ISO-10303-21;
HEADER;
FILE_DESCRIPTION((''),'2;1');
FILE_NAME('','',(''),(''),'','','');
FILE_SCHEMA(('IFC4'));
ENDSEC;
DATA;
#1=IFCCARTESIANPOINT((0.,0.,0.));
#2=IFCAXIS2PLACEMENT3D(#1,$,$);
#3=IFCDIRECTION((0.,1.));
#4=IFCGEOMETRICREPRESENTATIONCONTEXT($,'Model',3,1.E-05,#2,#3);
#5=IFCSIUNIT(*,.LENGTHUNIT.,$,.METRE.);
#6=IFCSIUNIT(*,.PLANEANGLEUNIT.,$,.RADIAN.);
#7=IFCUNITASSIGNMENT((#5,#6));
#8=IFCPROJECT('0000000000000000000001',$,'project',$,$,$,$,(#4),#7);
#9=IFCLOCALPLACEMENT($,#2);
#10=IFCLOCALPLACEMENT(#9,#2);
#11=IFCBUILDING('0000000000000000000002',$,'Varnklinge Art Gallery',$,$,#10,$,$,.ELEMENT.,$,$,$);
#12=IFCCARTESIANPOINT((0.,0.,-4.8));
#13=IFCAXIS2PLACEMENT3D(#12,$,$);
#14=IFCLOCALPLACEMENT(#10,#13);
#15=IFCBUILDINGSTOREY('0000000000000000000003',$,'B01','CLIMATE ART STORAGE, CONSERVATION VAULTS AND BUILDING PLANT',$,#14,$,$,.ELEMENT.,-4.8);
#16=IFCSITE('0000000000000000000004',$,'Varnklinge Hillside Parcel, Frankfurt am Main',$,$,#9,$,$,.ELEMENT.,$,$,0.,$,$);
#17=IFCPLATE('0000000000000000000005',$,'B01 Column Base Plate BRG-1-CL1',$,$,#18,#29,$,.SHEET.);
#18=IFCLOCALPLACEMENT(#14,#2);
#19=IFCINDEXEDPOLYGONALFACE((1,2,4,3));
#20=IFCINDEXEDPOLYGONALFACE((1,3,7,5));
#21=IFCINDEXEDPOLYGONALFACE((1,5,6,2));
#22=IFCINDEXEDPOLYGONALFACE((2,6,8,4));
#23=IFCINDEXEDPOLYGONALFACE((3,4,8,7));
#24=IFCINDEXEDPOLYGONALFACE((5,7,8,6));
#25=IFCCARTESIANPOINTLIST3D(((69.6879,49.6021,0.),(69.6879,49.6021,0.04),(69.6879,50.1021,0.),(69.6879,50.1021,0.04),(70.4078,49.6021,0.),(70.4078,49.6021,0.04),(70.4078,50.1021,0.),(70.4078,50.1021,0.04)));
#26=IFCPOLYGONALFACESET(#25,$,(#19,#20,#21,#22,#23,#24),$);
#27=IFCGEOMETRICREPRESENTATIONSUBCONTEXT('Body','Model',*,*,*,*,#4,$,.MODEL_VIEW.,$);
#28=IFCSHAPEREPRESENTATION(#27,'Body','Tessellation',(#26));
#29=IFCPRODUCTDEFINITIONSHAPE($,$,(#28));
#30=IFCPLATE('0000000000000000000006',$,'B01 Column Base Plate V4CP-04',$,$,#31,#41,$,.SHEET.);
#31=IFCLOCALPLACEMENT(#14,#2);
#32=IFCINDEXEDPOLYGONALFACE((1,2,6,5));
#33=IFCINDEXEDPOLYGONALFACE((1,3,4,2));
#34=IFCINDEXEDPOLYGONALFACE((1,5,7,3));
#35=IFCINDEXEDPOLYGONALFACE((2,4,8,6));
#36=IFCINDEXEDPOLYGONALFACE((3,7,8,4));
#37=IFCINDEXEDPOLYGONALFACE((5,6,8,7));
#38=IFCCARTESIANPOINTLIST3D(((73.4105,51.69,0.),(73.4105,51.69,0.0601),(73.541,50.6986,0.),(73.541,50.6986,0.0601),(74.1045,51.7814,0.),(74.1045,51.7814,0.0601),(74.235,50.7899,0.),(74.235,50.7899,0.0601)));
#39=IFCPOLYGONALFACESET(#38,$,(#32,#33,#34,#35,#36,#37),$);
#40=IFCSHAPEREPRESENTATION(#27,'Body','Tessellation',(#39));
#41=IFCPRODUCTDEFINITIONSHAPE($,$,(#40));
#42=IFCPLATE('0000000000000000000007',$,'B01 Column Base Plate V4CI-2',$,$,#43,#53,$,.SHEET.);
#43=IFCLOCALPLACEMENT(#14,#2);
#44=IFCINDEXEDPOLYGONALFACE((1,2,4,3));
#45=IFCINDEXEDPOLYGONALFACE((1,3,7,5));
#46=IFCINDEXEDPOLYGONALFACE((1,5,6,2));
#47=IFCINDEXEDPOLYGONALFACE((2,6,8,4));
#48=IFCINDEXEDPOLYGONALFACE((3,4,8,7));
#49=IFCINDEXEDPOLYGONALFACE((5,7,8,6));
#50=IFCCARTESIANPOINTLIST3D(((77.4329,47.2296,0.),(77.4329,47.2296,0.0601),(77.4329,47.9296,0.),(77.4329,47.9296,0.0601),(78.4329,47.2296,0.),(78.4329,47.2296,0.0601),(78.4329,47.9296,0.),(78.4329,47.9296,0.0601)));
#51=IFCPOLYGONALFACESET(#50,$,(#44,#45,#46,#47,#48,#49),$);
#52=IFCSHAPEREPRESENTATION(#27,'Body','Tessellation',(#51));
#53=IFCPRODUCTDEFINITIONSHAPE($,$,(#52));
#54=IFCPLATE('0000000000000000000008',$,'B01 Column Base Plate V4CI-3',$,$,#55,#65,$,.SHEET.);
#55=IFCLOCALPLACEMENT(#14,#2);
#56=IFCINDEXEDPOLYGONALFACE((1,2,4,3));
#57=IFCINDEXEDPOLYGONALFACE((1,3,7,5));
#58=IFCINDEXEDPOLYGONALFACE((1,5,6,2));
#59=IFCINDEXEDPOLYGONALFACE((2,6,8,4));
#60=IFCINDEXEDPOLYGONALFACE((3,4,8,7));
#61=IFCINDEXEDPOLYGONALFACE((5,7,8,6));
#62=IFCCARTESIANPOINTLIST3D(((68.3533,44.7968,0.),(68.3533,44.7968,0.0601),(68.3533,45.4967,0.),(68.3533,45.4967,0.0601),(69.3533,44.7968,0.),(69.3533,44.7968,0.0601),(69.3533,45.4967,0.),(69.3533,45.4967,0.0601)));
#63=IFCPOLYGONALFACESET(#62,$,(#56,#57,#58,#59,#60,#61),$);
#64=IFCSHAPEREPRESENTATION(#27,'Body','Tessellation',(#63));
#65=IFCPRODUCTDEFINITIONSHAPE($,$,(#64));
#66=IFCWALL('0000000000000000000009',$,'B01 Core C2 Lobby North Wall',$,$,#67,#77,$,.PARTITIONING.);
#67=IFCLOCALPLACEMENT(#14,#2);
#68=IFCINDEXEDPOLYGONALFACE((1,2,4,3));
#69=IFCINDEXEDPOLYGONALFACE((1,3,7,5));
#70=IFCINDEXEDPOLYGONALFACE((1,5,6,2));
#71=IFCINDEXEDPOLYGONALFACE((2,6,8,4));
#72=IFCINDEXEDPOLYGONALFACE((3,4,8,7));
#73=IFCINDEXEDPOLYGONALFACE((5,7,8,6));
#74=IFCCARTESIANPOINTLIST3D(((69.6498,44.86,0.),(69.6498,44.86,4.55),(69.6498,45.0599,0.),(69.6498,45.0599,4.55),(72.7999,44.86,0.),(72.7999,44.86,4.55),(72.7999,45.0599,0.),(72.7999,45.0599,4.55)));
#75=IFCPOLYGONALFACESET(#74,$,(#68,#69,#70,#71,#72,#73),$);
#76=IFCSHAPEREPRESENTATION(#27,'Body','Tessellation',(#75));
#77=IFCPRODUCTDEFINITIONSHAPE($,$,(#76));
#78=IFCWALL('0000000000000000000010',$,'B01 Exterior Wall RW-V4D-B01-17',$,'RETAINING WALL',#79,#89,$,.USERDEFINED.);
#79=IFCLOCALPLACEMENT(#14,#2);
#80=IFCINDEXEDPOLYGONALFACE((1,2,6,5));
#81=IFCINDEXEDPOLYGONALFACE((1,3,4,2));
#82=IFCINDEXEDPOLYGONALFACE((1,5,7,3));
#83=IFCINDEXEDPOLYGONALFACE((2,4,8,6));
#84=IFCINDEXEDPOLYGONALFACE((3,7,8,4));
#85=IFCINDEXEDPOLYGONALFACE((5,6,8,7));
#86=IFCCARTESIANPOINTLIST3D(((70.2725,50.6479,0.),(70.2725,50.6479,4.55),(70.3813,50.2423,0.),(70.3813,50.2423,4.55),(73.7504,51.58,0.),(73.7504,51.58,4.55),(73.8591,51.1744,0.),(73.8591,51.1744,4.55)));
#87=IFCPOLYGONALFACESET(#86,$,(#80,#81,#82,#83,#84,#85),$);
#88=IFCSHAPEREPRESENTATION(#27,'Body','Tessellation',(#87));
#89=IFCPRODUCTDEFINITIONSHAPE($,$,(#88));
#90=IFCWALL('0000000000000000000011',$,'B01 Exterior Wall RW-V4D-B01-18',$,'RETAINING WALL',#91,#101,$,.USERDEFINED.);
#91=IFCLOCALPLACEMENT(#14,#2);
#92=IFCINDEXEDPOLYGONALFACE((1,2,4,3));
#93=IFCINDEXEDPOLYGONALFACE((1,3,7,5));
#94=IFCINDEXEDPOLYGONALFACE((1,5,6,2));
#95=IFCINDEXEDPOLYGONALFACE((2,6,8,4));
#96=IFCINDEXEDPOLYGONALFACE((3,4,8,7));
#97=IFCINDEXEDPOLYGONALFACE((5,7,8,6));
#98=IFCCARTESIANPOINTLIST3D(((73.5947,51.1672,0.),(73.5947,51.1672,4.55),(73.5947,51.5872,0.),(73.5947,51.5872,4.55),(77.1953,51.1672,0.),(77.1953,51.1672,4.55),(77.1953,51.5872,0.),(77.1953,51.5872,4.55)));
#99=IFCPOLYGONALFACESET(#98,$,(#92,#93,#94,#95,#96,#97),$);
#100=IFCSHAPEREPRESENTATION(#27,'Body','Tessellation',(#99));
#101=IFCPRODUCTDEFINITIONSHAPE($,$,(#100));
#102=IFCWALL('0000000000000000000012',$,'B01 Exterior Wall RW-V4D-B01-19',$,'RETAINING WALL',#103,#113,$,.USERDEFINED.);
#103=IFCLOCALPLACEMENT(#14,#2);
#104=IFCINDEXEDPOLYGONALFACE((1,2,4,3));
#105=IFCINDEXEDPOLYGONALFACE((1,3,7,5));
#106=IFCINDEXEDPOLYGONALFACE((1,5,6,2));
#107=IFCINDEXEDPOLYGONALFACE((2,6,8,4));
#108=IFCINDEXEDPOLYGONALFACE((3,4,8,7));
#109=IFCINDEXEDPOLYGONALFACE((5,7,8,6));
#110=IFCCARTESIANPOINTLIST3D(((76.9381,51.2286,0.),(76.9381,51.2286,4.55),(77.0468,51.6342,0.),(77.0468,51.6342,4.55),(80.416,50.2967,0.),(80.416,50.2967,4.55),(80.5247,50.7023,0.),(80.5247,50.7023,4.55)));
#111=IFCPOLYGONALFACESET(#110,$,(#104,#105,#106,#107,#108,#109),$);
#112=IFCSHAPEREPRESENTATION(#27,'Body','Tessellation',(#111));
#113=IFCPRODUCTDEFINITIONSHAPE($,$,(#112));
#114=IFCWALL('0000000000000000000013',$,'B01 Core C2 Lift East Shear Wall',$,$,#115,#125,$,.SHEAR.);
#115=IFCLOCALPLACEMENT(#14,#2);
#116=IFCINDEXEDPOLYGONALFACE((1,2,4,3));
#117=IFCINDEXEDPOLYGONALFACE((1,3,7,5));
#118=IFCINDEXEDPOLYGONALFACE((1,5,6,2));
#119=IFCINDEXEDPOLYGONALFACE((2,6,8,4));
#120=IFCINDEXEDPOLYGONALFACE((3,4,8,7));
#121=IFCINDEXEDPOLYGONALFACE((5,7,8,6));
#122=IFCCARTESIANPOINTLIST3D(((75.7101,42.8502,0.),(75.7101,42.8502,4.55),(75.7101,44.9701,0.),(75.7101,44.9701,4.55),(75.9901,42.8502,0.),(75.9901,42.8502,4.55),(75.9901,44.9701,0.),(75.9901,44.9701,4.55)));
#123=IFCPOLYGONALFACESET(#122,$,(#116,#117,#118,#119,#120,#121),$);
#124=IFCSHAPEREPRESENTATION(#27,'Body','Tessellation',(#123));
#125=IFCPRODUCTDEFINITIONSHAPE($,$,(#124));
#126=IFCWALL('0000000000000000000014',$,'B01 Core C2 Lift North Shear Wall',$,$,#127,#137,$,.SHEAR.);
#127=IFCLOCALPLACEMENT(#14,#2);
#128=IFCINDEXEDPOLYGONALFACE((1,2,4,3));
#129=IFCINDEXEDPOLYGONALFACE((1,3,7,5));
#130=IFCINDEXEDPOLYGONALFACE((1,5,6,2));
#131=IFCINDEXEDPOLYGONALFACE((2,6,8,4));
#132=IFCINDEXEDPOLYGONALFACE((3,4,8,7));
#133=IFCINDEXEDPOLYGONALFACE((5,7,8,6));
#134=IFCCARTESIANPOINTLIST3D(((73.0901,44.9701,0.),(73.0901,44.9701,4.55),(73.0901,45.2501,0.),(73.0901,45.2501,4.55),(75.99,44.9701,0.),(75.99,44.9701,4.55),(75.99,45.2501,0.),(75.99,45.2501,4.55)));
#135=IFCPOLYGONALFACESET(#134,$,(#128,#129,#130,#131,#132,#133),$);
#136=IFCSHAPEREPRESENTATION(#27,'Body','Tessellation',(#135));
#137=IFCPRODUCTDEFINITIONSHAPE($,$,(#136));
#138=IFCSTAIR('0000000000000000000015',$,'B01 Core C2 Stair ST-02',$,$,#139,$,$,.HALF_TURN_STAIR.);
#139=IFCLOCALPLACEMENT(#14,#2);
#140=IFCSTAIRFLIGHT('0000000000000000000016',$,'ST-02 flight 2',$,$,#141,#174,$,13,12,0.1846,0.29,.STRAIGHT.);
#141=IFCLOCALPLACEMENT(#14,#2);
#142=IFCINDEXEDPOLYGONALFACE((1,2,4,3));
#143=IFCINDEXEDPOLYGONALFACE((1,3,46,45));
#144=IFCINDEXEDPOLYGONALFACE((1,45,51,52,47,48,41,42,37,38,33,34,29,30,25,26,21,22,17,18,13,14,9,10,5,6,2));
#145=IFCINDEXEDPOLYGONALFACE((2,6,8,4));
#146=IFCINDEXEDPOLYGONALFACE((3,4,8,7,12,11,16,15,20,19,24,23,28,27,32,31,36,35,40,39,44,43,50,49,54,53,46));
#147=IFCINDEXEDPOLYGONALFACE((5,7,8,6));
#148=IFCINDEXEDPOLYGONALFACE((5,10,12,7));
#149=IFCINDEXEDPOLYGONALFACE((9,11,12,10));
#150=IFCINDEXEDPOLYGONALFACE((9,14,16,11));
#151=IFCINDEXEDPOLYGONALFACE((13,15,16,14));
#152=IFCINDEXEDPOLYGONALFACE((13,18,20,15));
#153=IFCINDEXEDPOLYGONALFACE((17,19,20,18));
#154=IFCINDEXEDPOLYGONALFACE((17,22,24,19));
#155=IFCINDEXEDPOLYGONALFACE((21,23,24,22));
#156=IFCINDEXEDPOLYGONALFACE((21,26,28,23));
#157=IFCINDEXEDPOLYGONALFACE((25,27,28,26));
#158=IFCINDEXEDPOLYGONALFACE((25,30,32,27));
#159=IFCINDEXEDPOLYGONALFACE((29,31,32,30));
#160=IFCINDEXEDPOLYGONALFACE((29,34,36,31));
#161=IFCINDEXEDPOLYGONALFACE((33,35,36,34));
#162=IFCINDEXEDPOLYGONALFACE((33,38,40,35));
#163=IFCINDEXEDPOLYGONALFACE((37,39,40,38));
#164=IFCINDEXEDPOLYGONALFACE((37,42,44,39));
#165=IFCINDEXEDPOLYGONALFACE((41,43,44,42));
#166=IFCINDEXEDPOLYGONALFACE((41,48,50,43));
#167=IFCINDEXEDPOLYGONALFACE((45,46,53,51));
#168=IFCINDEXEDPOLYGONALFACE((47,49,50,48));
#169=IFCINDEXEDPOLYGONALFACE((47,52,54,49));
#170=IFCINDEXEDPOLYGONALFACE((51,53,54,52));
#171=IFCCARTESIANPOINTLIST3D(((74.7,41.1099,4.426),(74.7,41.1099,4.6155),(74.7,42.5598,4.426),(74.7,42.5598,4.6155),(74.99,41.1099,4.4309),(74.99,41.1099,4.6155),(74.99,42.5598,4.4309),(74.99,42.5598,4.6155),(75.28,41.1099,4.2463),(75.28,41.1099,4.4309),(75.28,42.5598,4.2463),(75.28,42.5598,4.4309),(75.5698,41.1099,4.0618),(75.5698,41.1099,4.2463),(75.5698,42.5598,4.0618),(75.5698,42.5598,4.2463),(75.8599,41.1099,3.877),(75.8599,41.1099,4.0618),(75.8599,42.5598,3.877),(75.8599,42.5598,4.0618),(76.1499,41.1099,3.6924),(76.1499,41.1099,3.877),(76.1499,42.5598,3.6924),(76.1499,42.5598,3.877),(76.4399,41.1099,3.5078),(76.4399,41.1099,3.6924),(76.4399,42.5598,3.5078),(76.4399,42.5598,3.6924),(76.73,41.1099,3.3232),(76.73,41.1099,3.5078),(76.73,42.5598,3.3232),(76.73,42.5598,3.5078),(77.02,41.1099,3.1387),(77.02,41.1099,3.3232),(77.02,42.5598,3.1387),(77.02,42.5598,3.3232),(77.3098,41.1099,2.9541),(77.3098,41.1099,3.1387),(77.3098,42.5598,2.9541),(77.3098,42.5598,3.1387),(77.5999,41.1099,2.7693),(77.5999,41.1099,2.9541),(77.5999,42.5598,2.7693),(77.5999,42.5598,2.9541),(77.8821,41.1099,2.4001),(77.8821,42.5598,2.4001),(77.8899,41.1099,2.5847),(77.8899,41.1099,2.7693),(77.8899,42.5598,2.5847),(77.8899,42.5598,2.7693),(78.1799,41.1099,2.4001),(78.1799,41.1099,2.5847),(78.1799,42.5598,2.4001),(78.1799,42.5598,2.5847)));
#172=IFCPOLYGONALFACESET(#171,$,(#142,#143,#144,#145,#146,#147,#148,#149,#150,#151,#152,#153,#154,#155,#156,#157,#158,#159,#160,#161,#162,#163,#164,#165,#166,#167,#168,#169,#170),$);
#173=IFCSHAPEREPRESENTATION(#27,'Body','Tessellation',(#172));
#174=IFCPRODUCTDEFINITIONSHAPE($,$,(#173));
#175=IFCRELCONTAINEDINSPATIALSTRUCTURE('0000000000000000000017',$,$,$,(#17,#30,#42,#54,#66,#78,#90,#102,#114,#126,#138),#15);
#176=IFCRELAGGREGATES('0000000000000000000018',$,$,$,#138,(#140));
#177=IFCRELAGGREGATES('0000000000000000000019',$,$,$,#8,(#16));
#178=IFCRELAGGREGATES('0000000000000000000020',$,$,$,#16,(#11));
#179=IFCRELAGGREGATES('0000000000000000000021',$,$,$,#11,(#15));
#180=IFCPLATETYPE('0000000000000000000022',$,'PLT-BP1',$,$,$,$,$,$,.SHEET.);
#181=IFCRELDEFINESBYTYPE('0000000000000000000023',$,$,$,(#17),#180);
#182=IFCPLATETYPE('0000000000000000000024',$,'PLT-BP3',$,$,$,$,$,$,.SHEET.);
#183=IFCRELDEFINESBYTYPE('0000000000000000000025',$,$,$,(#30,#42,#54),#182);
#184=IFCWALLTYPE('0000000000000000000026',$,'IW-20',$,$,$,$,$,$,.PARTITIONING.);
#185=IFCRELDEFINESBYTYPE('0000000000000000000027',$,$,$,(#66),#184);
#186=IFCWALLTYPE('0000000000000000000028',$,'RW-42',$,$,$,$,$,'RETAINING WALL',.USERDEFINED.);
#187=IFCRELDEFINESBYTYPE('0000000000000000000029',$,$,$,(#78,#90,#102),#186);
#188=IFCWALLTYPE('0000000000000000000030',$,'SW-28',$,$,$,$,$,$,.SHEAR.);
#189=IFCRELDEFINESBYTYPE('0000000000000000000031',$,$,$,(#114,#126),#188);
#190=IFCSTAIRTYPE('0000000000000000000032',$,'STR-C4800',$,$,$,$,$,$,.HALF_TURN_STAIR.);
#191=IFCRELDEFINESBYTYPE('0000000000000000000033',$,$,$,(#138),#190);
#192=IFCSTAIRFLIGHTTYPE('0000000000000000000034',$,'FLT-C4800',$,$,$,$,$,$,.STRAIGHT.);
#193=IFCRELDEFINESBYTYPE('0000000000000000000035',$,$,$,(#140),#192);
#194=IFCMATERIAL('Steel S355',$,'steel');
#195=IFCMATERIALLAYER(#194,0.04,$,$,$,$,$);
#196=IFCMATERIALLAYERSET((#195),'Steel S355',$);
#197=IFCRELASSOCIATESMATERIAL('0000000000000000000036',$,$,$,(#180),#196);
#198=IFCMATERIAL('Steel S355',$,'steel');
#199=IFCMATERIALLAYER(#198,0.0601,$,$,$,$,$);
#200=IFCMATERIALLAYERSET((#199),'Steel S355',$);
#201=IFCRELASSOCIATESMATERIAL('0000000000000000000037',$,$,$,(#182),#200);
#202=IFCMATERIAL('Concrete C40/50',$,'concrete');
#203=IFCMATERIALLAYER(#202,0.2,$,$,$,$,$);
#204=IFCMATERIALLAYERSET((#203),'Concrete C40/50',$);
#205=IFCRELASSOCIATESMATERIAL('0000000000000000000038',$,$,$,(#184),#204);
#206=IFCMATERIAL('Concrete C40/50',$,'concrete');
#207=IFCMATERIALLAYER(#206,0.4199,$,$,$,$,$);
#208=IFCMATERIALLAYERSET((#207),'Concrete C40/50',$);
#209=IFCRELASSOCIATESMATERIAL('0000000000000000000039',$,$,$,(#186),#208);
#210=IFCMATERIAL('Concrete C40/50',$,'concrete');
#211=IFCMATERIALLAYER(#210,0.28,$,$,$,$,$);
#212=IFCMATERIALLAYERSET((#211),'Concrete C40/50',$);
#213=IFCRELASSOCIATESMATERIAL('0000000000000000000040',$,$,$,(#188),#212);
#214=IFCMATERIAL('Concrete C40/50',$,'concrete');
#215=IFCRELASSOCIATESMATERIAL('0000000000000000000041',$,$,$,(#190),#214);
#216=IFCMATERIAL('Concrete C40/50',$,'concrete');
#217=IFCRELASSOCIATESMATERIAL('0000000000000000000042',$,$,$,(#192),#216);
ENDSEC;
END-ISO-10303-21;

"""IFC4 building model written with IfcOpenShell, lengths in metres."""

from ifc_helpers import new_model, si_unit, direction, frame, frame_2d, origin, origin_2d, place, context, subcontext, project, spatial, polyline, rectangle, outline, extrude, material, layer, layer_set, type_object, element, aggregate, save


model = new_model("IFC4")

# Units and contexts
model_context = context("Model", 3, precision=1e-05, world=origin(), true_north=direction((0.0, 1.0)))
body_context = subcontext(model_context, "Body", "Model", "MODEL_VIEW")
ifc_project = project(units=[si_unit("LENGTHUNIT", "METRE"), si_unit("PLANEANGLEUNIT", "RADIAN")], contexts=[model_context])

# Site, building, storey
site_placement = place(None, origin())
site = spatial("IfcSite", under=ifc_project, at=site_placement, Name="Varnklinge Hillside Parcel, Frankfurt am Main", CompositionType="ELEMENT", RefElevation=0.0)
building_placement = place(site_placement, origin())
building = spatial("IfcBuilding", under=site, at=building_placement, Name="Varnklinge Art Gallery", CompositionType="ELEMENT")
storey_placement = place(building_placement, frame((0.0, 0.0, -4.8)))
storey = spatial("IfcBuildingStorey", under=building, at=storey_placement, Name="B01", Description="CLIMATE ART STORAGE, CONSERVATION VAULTS AND BUILDING PLANT", CompositionType="ELEMENT", Elevation=-4.8)

# Plates
ifc_material_1 = material(Name="Steel S355", Category="steel")
ifc_layer_1 = layer(ifc_material_1, 0.04)
ifc_layer_set_1 = layer_set([ifc_layer_1], Name="Steel S355")
plate_type_1 = type_object("IfcPlateType", Name="PLT-BP1", PredefinedType="SHEET", material=ifc_layer_set_1)
plate_placement = place(storey_placement, frame((70.0479, 49.8521, 0.0), z_axis=(0.0, 0.0, 1.0), x_axis=(1.0, 0.0, 0.0)))
element("IfcPlate", 1, at=plate_placement, inside=storey, type_object=plate_type_1, Name="B01 Column Base Plate BRG-1-CL1", PredefinedType="SHEET", context=body_context, shape_type="SweptSolid", body=[
    extrude(rectangle(XDim=0.72, YDim=0.5, at=origin_2d()), origin(), (0.0, 0.0, 1.0), 0.04),
])
ifc_material_2 = material(Name="Steel S355", Category="steel")
ifc_layer_2 = layer(ifc_material_2, 0.0601)
ifc_layer_set_2 = layer_set([ifc_layer_2], Name="Steel S355")
plate_type_2 = type_object("IfcPlateType", Name="PLT-BP3", PredefinedType="SHEET", material=ifc_layer_set_2)
for number, where, z_axis, x_axis, name in (
    (2, (73.8228, 51.24, 0.0), (0.0, 0.0, 1.0), (-0.130526, 0.991445, 0.0), "B01 Column Base Plate V4CP-04"),
    (3, (77.9329, 47.5796, 0.0), (0.0, 0.0, 1.0), (1.0, 0.0, 0.0), "B01 Column Base Plate V4CI-2"),
    (4, (68.8533, 45.1467, 0.0), (0.0, 0.0, 1.0), (1.0, 0.0, 0.0), "B01 Column Base Plate V4CI-3"),
):
    element("IfcPlate", number, at=place(storey_placement, frame(where, z_axis=z_axis, x_axis=x_axis)), inside=storey, type_object=plate_type_2, Name=name, PredefinedType="SHEET", context=body_context, shape_type="SweptSolid", body=[
        extrude(rectangle(XDim=1.0, YDim=0.7, at=origin_2d()), origin(), (0.0, 0.0, 1.0), 0.0601),
    ])

# Walls
ifc_material_3 = material(Name="Concrete C40/50", Category="concrete")
ifc_layer_3 = layer(ifc_material_3, 0.2)
ifc_layer_set_3 = layer_set([ifc_layer_3], Name="Concrete C40/50")
wall_type_1 = type_object("IfcWallType", Name="IW-20", PredefinedType="PARTITIONING", material=ifc_layer_set_3)
wall_1_placement = place(storey_placement, frame((72.8, 44.96, 0.0), z_axis=(0.0, 0.0, 1.0), x_axis=(-1.0, 0.0, 0.0)))
element("IfcWall", 5, at=wall_1_placement, inside=storey, type_object=wall_type_1, Name="B01 Core C2 Lobby North Wall", PredefinedType="PARTITIONING", context=body_context, shape_type="SweptSolid", body=[
    extrude(rectangle(XDim=3.1501, YDim=0.2, at=frame_2d((1.5752, 0.0))), origin(), (0.0, 0.0, 1.0), 4.55),
])
ifc_material_4 = material(Name="Concrete C40/50", Category="concrete")
ifc_layer_4 = layer(ifc_material_4, 0.4199)
ifc_layer_set_4 = layer_set([ifc_layer_4], Name="Concrete C40/50")
wall_type_2 = type_object("IfcWallType", Name="RW-42", ElementType="RETAINING WALL", PredefinedType="USERDEFINED", material=ifc_layer_set_4)
for number, where, z_axis, x_axis, name in (
    (6, (70.3269, 50.4451, 0.0), (0.0, 0.0, 1.0), (0.965908, 0.258886, 0.0), "B01 Exterior Wall RW-V4D-B01-17"),
    (7, (73.5947, 51.3772, 0.0), (0.0, 0.0, 1.0), (1.0, 0.0, 0.0), "B01 Exterior Wall RW-V4D-B01-18"),
    (8, (76.9924, 51.4314, 0.0), (0.0, 0.0, 1.0), (0.965925, -0.258823, 0.0), "B01 Exterior Wall RW-V4D-B01-19"),
):
    element("IfcWall", number, at=place(storey_placement, frame(where, z_axis=z_axis, x_axis=x_axis)), inside=storey, type_object=wall_type_2, Name=name, ObjectType="RETAINING WALL", PredefinedType="USERDEFINED", context=body_context, shape_type="SweptSolid", body=[
        extrude(rectangle(XDim=3.6006, YDim=0.4199, at=frame_2d((1.8003, 0.0))), origin(), (0.0, 0.0, 1.0), 4.55),
    ])
ifc_material_5 = material(Name="Concrete C40/50", Category="concrete")
ifc_layer_5 = layer(ifc_material_5, 0.28)
ifc_layer_set_5 = layer_set([ifc_layer_5], Name="Concrete C40/50")
wall_type_3 = type_object("IfcWallType", Name="SW-28", PredefinedType="SHEAR", material=ifc_layer_set_5)
wall_2_placement = place(storey_placement, frame((75.8501, 42.8501, 0.0), z_axis=(0.0, 0.0, 1.0), x_axis=(0.0, 1.0, 0.0)))
element("IfcWall", 9, at=wall_2_placement, inside=storey, type_object=wall_type_3, Name="B01 Core C2 Lift East Shear Wall", PredefinedType="SHEAR", context=body_context, shape_type="SweptSolid", body=[
    extrude(rectangle(XDim=2.1199, YDim=0.28, at=frame_2d((1.0601, 0.0))), origin(), (0.0, 0.0, 1.0), 4.55),
])
wall_3_placement = place(storey_placement, frame((75.99, 45.1101, 0.0), z_axis=(0.0, 0.0, 1.0), x_axis=(-1.0, 0.0, 0.0)))
element("IfcWall", 10, at=wall_3_placement, inside=storey, type_object=wall_type_3, Name="B01 Core C2 Lift North Shear Wall", PredefinedType="SHEAR", context=body_context, shape_type="SweptSolid", body=[
    extrude(rectangle(XDim=2.8999, YDim=0.28, at=frame_2d((1.45, 0.0))), origin(), (0.0, 0.0, 1.0), 4.55),
])

# Stair, stair flight
ifc_material_6 = material(Name="Concrete C40/50", Category="concrete")
stair_type = type_object("IfcStairType", Name="STR-C4800", PredefinedType="HALF_TURN_STAIR", material=ifc_material_6)
stair_placement = place(storey_placement, origin())
stair = element("IfcStair", 11, at=stair_placement, inside=storey, type_object=stair_type, Name="B01 Core C2 Stair ST-02", PredefinedType="HALF_TURN_STAIR")
ifc_material_7 = material(Name="Concrete C40/50", Category="concrete")
stair_flight_type = type_object("IfcStairFlightType", Name="FLT-C4800", PredefinedType="STRAIGHT", material=ifc_material_7)
stair_flight_placement = place(storey_placement, frame((78.1799, 41.835, 2.4001), z_axis=(0.0, 0.0, 1.0), x_axis=(-1.0, 0.0, 0.0)))
stair_flight = element("IfcStairFlight", 12, at=stair_flight_placement, type_object=stair_flight_type, Name="ST-02 flight 2", NumberOfRisers=13, NumberOfTreads=12, PredefinedType="STRAIGHT", RiserHeight=0.1846, TreadLength=0.29, context=body_context, shape_type="SweptSolid", body=[
    extrude(outline(polyline([(0.0, 0.0), (0.0, 0.1846), (0.29, 0.1846), (0.29, 0.3691), (0.5801, 0.3691), (0.5801, 0.554), (0.8701, 0.554), (0.8701, 0.7385), (1.1599, 0.7385), (1.1599, 0.9231), (1.45, 0.9231), (1.45, 1.1077), (1.74, 1.1077), (1.74, 1.2922), (2.03, 1.2922), (2.03, 1.4768), (2.3201, 1.4768), (2.3201, 1.6616), (2.6101, 1.6616), (2.6101, 1.8462), (2.8999, 1.8462), (2.8999, 2.0308), (3.1899, 2.0308), (3.1899, 2.2153), (3.48, 2.2153), (3.48, 2.3999), (3.48, 2.0259), (0.2979, 0.0), (0.0, 0.0)])), frame((0.0, 0.7251, 0.0), z_axis=(0.0, -1.0, 0.0), x_axis=(1.0, 0.0, 0.0)), (0.0, 0.0, 1.0), 1.45),
])
aggregate(stair, [stair_flight])

save(model, "model.ifc")
